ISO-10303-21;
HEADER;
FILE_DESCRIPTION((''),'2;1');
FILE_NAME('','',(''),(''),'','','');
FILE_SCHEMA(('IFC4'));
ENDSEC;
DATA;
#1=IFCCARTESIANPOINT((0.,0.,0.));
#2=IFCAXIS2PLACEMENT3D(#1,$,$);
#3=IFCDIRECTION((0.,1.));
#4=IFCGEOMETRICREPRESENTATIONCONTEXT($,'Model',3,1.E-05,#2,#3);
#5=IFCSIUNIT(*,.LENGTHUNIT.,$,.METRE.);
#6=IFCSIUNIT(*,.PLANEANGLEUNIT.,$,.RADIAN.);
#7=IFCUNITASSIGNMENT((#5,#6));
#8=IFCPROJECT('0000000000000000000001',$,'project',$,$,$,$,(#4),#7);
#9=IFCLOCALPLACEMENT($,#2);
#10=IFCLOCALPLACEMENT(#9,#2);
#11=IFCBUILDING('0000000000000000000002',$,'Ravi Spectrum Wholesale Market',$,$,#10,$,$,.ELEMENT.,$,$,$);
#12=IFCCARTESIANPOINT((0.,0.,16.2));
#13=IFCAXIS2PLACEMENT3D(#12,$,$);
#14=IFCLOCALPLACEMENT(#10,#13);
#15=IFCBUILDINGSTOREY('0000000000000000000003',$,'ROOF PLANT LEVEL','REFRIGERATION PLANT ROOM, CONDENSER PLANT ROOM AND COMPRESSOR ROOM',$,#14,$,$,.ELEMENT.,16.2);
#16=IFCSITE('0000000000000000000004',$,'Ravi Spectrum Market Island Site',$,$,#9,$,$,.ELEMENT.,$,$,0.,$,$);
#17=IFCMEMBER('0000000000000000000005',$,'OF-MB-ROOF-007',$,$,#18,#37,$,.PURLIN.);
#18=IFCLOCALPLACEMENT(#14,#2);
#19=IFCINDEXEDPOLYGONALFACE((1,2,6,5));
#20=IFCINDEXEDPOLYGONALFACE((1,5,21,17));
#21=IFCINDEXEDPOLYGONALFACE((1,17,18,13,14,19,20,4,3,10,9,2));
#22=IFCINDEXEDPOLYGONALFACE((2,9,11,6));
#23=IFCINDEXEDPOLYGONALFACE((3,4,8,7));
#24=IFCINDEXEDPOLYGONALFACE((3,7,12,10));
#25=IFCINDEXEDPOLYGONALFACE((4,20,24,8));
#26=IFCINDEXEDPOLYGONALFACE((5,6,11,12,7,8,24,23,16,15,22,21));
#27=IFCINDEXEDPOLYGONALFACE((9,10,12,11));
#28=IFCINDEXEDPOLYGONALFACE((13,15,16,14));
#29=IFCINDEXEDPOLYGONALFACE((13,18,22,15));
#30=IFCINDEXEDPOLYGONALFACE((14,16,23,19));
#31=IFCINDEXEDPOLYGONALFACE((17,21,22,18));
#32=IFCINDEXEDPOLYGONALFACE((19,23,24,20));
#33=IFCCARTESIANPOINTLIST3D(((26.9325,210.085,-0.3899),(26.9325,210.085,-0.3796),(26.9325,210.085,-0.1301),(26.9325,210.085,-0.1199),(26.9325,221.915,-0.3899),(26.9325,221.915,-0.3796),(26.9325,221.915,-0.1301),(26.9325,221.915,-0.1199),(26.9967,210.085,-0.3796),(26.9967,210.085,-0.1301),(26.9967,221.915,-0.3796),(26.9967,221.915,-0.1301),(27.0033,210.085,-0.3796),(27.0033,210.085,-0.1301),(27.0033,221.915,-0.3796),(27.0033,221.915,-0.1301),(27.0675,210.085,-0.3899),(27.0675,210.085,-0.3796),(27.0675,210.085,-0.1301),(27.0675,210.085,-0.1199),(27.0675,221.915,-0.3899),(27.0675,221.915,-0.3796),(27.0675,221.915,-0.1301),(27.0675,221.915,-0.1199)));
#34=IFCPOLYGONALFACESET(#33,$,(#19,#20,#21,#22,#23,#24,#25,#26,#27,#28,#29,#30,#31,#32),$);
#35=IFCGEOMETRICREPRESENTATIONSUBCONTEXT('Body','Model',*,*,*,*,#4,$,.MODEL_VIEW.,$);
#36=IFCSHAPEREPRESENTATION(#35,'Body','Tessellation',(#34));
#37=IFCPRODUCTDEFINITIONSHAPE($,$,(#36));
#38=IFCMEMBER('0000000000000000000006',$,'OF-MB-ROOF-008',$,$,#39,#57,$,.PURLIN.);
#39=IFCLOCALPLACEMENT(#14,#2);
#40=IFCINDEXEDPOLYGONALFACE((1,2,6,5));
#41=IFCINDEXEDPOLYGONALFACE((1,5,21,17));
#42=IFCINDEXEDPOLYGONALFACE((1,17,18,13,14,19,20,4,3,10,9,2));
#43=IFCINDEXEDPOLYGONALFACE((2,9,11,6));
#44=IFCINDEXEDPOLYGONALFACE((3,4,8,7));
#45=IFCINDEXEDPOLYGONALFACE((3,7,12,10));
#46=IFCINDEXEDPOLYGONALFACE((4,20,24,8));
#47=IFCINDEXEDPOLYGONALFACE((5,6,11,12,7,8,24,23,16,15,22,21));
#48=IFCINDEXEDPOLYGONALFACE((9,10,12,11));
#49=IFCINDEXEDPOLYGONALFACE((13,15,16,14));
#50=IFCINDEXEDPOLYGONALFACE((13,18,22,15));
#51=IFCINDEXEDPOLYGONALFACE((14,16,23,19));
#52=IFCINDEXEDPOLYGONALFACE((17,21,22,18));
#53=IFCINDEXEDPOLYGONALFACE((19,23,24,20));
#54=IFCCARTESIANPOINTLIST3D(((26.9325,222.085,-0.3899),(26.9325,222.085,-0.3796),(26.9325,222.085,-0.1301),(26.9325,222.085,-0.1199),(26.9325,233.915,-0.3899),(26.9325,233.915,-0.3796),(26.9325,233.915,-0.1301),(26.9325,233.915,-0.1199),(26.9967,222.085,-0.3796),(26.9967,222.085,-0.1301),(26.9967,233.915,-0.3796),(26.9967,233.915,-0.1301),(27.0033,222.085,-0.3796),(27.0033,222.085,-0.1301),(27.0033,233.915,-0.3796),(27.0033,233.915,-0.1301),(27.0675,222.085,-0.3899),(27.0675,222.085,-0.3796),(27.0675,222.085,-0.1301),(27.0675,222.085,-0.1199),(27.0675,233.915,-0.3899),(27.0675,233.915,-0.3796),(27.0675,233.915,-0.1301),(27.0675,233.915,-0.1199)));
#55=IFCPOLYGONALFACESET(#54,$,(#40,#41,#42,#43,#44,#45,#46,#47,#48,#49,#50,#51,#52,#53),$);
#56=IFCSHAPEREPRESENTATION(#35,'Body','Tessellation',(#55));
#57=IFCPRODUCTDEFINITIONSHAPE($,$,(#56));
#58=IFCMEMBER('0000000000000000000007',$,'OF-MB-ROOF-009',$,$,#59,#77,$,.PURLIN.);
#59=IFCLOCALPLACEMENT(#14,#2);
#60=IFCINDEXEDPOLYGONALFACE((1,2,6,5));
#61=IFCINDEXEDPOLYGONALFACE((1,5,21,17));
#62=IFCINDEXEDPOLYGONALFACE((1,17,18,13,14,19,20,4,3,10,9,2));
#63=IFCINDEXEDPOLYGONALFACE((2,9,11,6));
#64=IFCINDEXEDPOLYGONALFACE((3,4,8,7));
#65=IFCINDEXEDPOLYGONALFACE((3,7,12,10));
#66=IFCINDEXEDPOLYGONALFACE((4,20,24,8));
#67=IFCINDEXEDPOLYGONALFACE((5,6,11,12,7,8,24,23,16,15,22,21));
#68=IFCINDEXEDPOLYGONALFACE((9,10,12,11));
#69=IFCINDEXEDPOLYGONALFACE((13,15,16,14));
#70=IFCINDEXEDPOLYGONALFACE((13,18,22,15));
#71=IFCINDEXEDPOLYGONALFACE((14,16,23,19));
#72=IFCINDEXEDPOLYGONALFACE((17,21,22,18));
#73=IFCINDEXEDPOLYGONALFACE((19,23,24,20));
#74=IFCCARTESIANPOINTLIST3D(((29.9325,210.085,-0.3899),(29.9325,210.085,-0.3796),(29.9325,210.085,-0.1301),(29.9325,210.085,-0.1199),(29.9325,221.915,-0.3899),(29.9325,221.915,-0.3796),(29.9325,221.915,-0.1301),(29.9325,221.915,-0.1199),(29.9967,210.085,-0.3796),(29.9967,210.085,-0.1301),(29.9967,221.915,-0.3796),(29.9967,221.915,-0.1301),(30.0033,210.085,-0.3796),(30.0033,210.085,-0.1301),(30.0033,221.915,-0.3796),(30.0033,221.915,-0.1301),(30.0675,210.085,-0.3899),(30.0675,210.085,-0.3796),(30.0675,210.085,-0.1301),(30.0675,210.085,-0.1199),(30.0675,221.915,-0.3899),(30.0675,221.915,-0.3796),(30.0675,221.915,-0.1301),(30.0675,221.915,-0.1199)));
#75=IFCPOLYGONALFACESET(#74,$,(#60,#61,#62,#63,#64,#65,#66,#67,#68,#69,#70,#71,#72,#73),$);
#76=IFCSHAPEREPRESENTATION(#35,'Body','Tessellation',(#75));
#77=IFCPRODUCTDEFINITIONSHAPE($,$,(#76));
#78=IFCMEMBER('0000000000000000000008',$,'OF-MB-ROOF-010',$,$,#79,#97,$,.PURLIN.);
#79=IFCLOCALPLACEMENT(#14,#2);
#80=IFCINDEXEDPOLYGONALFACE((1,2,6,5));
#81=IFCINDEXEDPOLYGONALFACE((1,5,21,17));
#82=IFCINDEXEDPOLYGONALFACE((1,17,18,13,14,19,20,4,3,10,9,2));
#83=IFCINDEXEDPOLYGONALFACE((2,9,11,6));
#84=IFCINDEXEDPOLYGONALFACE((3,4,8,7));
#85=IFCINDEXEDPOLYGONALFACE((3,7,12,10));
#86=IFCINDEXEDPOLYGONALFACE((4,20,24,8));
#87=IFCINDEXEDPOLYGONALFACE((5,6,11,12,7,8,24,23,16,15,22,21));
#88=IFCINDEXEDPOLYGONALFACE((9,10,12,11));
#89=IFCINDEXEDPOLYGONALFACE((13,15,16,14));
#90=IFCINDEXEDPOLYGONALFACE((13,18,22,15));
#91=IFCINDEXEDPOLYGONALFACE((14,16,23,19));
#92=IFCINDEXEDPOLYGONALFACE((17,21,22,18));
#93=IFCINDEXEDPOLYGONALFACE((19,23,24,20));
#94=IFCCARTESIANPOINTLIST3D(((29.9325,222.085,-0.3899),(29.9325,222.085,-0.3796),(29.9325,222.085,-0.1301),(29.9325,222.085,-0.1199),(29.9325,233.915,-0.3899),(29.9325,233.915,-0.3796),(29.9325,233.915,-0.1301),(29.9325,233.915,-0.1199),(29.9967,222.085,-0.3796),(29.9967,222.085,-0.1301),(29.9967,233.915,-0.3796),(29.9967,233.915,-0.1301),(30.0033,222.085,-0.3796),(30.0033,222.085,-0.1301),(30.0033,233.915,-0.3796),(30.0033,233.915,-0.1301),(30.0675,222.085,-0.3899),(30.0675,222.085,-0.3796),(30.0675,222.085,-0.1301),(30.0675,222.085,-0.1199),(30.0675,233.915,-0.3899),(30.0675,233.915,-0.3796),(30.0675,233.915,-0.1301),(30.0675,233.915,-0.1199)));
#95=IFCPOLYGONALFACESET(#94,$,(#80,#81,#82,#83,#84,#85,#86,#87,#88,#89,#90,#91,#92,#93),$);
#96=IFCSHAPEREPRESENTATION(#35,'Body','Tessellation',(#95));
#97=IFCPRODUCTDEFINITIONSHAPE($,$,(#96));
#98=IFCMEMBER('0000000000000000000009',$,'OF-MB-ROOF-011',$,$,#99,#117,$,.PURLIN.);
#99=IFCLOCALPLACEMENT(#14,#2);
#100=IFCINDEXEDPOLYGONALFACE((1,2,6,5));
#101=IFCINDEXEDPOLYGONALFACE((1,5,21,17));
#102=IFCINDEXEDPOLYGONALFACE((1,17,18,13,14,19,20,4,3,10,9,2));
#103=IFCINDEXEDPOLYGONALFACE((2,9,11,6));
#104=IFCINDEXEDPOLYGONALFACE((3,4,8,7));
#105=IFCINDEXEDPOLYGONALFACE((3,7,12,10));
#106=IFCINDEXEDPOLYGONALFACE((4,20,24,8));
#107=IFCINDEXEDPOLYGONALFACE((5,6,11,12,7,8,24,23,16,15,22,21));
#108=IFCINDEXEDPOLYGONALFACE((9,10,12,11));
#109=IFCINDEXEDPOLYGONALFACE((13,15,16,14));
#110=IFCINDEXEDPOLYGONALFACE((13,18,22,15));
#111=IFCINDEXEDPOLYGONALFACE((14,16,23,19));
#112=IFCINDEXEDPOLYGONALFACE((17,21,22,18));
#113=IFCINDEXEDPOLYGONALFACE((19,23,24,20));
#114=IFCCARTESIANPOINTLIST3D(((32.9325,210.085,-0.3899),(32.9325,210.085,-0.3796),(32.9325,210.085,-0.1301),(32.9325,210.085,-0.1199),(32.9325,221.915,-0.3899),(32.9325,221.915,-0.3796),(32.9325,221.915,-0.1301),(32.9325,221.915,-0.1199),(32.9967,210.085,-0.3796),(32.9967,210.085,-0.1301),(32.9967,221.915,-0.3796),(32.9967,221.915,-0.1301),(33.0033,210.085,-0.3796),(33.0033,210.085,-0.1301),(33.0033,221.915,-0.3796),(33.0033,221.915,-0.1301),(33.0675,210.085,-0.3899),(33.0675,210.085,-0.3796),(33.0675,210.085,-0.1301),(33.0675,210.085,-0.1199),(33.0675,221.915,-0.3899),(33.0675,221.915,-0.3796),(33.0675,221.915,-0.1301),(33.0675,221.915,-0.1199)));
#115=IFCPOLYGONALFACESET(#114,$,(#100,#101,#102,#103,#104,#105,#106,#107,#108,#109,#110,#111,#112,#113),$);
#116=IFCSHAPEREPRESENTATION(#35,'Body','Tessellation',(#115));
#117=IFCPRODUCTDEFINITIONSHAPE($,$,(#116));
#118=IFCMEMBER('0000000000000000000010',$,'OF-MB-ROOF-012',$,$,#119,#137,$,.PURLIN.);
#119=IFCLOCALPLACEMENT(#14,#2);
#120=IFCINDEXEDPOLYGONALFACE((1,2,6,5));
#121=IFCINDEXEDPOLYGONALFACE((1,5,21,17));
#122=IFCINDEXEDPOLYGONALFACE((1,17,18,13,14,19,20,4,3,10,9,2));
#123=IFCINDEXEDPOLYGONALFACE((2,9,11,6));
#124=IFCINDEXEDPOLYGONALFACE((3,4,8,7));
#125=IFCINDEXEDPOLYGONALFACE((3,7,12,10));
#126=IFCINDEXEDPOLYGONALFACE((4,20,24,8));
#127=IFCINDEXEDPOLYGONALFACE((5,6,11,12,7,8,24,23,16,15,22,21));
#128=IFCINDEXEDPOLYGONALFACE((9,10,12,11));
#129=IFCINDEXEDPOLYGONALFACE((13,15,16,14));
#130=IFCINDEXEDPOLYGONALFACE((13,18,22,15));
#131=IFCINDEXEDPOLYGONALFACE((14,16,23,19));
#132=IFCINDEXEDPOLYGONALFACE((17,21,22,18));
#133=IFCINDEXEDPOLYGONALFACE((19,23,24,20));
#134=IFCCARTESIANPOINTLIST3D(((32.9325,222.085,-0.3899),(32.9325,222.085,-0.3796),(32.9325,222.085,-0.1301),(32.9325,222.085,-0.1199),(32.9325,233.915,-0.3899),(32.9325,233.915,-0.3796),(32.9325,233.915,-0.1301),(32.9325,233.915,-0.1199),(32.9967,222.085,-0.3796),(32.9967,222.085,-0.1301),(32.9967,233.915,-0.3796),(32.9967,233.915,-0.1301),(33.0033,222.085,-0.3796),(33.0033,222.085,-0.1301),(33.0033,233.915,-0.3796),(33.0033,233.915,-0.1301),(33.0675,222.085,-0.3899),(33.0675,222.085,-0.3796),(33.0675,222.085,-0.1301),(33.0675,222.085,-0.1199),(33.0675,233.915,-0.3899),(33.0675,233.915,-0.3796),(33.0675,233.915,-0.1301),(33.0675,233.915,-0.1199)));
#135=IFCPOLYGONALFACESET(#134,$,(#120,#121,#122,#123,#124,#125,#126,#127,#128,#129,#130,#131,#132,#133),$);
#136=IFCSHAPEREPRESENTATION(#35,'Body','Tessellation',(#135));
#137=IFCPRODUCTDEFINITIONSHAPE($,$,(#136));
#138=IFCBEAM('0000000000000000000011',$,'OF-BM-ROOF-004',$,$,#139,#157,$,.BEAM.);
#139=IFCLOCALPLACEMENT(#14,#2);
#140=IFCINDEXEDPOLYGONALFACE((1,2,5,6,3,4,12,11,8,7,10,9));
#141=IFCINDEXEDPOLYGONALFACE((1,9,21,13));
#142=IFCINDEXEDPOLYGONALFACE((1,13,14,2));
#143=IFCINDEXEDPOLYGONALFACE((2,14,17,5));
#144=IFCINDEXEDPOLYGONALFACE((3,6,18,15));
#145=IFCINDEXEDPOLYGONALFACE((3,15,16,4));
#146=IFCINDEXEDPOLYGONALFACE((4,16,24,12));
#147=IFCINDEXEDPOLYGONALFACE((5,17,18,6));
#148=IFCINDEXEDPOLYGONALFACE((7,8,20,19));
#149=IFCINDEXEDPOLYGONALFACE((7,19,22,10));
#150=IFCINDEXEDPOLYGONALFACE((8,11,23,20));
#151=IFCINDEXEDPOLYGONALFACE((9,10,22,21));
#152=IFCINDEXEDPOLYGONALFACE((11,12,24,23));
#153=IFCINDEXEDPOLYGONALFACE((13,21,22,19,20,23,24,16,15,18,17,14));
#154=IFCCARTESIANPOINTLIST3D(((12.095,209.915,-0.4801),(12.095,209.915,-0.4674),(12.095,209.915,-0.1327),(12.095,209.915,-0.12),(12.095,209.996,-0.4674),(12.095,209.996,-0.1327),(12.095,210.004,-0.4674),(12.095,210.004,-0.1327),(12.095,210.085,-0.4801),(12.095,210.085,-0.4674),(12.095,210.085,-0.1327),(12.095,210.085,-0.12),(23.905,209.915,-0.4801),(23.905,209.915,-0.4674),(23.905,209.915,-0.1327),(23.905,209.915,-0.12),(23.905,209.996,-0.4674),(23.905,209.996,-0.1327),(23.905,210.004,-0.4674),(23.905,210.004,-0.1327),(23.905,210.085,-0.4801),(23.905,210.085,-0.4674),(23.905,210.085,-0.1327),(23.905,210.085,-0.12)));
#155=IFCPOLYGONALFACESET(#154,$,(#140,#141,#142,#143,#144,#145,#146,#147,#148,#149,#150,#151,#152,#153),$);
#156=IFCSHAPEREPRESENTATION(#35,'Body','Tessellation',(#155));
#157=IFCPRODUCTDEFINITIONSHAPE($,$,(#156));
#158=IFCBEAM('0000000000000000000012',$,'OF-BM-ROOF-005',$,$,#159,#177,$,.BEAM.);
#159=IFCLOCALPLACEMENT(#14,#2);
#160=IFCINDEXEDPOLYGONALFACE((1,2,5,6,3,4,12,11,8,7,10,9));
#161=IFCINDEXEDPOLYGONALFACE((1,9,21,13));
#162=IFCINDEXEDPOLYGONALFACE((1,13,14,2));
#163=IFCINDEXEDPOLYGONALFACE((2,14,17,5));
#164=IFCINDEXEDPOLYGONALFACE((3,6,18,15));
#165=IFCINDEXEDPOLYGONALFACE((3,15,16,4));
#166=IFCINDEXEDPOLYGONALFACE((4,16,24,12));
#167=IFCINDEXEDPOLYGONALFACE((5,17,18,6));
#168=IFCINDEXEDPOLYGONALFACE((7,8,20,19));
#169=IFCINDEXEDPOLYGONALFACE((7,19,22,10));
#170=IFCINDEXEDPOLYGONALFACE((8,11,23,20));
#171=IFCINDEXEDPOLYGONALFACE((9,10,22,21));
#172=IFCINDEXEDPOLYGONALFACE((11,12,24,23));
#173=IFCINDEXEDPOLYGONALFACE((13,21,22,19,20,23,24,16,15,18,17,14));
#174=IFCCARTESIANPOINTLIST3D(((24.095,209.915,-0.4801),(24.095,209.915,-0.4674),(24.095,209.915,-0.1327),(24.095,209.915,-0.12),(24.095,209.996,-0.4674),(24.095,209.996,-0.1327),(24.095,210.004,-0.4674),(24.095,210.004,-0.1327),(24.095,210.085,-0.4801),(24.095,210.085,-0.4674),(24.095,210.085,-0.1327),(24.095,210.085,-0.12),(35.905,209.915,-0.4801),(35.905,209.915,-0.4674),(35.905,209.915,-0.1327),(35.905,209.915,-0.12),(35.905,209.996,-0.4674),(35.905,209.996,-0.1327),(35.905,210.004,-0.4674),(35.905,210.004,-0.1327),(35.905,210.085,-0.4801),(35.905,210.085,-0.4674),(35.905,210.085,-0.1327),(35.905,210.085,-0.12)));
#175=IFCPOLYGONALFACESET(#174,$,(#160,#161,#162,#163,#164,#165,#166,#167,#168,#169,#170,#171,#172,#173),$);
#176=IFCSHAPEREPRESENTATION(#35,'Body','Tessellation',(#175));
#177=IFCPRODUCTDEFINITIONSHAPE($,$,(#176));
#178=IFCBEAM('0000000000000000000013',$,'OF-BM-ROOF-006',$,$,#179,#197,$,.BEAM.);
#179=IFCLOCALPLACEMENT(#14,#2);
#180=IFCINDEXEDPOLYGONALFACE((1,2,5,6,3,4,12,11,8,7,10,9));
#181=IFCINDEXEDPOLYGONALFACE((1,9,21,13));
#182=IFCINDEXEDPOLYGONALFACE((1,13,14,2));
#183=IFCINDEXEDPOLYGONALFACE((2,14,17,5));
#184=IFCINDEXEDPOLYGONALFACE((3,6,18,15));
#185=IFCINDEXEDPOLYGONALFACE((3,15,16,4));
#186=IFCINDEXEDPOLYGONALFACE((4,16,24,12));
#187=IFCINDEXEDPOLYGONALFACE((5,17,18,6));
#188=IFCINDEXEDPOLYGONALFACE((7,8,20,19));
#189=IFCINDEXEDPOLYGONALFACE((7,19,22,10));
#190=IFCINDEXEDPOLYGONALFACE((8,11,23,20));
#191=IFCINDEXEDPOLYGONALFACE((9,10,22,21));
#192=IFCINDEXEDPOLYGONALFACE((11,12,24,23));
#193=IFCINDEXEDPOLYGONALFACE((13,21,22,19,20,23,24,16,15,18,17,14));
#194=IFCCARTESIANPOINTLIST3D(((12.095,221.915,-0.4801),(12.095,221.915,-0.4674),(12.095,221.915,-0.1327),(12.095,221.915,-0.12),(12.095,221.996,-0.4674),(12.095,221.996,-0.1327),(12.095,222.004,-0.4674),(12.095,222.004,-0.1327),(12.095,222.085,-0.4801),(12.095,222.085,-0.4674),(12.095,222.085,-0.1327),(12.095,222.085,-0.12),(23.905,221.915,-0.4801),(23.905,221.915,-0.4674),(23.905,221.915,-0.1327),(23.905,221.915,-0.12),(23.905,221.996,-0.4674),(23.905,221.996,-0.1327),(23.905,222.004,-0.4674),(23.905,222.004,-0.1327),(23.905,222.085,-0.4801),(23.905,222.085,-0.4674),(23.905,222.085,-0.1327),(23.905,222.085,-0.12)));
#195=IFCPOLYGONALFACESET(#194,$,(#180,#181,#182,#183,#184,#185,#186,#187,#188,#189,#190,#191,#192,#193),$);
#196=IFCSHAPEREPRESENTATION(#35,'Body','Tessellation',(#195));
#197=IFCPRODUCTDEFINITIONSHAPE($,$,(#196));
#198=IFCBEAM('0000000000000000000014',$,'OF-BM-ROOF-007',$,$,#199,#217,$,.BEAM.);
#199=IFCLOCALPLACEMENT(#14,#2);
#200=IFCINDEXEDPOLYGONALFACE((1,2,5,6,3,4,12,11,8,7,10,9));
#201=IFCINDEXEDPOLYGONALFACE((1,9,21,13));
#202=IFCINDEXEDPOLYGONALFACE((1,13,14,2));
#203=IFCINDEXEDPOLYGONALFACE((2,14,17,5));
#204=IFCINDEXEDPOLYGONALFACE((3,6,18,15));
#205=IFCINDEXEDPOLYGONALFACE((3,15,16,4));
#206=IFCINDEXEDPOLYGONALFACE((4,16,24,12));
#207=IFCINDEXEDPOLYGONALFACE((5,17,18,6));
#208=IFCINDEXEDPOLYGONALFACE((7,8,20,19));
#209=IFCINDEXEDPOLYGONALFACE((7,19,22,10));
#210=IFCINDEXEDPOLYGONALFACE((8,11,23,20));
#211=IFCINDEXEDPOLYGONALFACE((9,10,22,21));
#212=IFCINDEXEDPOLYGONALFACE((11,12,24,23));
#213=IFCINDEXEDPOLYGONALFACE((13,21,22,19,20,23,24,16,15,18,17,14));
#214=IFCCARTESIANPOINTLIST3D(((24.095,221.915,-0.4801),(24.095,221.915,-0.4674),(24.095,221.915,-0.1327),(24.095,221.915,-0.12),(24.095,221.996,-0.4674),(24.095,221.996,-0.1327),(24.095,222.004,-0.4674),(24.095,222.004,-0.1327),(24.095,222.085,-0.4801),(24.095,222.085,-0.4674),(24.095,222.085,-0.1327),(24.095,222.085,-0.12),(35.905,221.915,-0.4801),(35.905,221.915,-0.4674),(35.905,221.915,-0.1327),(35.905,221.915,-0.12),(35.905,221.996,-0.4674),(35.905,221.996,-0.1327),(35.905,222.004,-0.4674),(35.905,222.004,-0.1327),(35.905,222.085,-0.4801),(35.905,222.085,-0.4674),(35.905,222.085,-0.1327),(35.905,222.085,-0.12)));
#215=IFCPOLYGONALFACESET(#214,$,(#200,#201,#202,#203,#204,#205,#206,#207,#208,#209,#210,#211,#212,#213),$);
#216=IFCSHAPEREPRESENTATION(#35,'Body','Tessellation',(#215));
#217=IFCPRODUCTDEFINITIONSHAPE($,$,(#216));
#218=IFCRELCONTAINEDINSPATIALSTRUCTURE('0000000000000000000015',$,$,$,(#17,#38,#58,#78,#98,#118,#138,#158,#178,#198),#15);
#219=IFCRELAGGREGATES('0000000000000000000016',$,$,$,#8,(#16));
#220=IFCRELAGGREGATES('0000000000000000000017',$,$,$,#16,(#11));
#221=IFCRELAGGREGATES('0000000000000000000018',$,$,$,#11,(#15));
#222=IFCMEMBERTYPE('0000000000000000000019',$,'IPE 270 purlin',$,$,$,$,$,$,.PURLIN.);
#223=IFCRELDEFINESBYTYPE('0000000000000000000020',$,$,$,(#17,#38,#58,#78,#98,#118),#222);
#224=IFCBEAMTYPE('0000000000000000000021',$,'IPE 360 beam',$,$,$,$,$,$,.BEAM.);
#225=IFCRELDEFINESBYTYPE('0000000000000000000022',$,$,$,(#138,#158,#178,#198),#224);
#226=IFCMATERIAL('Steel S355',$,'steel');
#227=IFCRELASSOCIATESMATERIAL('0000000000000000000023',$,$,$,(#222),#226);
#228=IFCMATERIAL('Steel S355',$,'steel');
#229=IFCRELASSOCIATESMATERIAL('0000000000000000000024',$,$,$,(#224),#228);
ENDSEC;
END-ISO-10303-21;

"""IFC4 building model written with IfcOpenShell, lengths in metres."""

from ifc_helpers import new_model, si_unit, direction, frame, origin, origin_2d, place, context, subcontext, project, spatial, i_section, extrude, material, material_profile, profile_set, type_object, element, save


model = new_model("IFC4")

# Units and contexts
model_context = context("Model", 3, precision=1e-05, world=origin(), true_north=direction((0.0, 1.0)))
body_context = subcontext(model_context, "Body", "Model", "MODEL_VIEW")
ifc_project = project(units=[si_unit("LENGTHUNIT", "METRE"), si_unit("PLANEANGLEUNIT", "RADIAN")], contexts=[model_context])

# Site, building, storey
site_placement = place(None, origin())
site = spatial("IfcSite", under=ifc_project, at=site_placement, Name="Ravi Spectrum Market Island Site", CompositionType="ELEMENT", RefElevation=0.0)
building_placement = place(site_placement, origin())
building = spatial("IfcBuilding", under=site, at=building_placement, Name="Ravi Spectrum Wholesale Market", CompositionType="ELEMENT")
storey_placement = place(building_placement, frame((0.0, 0.0, 16.2)))
storey = spatial("IfcBuildingStorey", under=building, at=storey_placement, Name="ROOF PLANT LEVEL", Description="REFRIGERATION PLANT ROOM, CONDENSER PLANT ROOM AND COMPRESSOR ROOM", CompositionType="ELEMENT", Elevation=16.2)

# Members
ifc_material_1 = material(Name="Steel S355", Category="steel")
ifc_material_profile_1 = material_profile(ifc_material_1, i_section(OverallWidth=0.135, OverallDepth=0.27, WebThickness=0.0066, FlangeThickness=0.0103, at=origin_2d()))
ifc_profile_set_1 = profile_set([ifc_material_profile_1], Name="Steel S355")
member_type_1 = type_object("IfcMemberType", Name="IPE 270 purlin", PredefinedType="PURLIN", material=ifc_profile_set_1)
for number, where, z_axis, x_axis, name in (
    (1, (27.0, 210.085, -0.2549), (0.0, 1.0, 0.0), (-1.0, 0.0, 0.0), "OF-MB-ROOF-007"),
    (2, (27.0, 222.085, -0.2549), (0.0, 1.0, 0.0), (-1.0, 0.0, 0.0), "OF-MB-ROOF-008"),
    (3, (30.0, 210.085, -0.2549), (0.0, 1.0, 0.0), (-1.0, 0.0, 0.0), "OF-MB-ROOF-009"),
    (4, (30.0, 222.085, -0.2549), (0.0, 1.0, 0.0), (-1.0, 0.0, 0.0), "OF-MB-ROOF-010"),
    (5, (33.0, 210.085, -0.2549), (0.0, 1.0, 0.0), (-1.0, 0.0, 0.0), "OF-MB-ROOF-011"),
    (6, (33.0, 222.085, -0.2549), (0.0, 1.0, 0.0), (-1.0, 0.0, 0.0), "OF-MB-ROOF-012"),
):
    element("IfcMember", number, at=place(storey_placement, frame(where, z_axis=z_axis, x_axis=x_axis)), inside=storey, type_object=member_type_1, Name=name, PredefinedType="PURLIN", context=body_context, shape_type="SweptSolid", body=[
        extrude(i_section(OverallWidth=0.135, OverallDepth=0.27, WebThickness=0.0066, FlangeThickness=0.0103, at=origin_2d()), origin(), (0.0, 0.0, 1.0), 11.8301),
    ])

# Beams
ifc_material_2 = material(Name="Steel S355", Category="steel")
ifc_material_profile_2 = material_profile(ifc_material_2, i_section(OverallWidth=0.1699, OverallDepth=0.3601, WebThickness=0.0081, FlangeThickness=0.0127, at=origin_2d()))
ifc_profile_set_2 = profile_set([ifc_material_profile_2], Name="Steel S355")
beam_type_1 = type_object("IfcBeamType", Name="IPE 360 beam", PredefinedType="BEAM", material=ifc_profile_set_2)
for number, where, z_axis, x_axis, name in (
    (7, (12.095, 210.0, -0.3), (1.0, 0.0, 0.0), (0.0, 1.0, 0.0), "OF-BM-ROOF-004"),
    (8, (24.095, 210.0, -0.3), (1.0, 0.0, 0.0), (0.0, 1.0, 0.0), "OF-BM-ROOF-005"),
    (9, (12.095, 222.0, -0.3), (1.0, 0.0, 0.0), (0.0, 1.0, 0.0), "OF-BM-ROOF-006"),
    (10, (24.095, 222.0, -0.3), (1.0, 0.0, 0.0), (0.0, 1.0, 0.0), "OF-BM-ROOF-007"),
):
    element("IfcBeam", number, at=place(storey_placement, frame(where, z_axis=z_axis, x_axis=x_axis)), inside=storey, type_object=beam_type_1, Name=name, PredefinedType="BEAM", context=body_context, shape_type="SweptSolid", body=[
        extrude(i_section(OverallWidth=0.1699, OverallDepth=0.3601, WebThickness=0.0081, FlangeThickness=0.0127, at=origin_2d()), origin(), (0.0, 0.0, 1.0), 11.8101),
    ])

save(model, "model.ifc")
